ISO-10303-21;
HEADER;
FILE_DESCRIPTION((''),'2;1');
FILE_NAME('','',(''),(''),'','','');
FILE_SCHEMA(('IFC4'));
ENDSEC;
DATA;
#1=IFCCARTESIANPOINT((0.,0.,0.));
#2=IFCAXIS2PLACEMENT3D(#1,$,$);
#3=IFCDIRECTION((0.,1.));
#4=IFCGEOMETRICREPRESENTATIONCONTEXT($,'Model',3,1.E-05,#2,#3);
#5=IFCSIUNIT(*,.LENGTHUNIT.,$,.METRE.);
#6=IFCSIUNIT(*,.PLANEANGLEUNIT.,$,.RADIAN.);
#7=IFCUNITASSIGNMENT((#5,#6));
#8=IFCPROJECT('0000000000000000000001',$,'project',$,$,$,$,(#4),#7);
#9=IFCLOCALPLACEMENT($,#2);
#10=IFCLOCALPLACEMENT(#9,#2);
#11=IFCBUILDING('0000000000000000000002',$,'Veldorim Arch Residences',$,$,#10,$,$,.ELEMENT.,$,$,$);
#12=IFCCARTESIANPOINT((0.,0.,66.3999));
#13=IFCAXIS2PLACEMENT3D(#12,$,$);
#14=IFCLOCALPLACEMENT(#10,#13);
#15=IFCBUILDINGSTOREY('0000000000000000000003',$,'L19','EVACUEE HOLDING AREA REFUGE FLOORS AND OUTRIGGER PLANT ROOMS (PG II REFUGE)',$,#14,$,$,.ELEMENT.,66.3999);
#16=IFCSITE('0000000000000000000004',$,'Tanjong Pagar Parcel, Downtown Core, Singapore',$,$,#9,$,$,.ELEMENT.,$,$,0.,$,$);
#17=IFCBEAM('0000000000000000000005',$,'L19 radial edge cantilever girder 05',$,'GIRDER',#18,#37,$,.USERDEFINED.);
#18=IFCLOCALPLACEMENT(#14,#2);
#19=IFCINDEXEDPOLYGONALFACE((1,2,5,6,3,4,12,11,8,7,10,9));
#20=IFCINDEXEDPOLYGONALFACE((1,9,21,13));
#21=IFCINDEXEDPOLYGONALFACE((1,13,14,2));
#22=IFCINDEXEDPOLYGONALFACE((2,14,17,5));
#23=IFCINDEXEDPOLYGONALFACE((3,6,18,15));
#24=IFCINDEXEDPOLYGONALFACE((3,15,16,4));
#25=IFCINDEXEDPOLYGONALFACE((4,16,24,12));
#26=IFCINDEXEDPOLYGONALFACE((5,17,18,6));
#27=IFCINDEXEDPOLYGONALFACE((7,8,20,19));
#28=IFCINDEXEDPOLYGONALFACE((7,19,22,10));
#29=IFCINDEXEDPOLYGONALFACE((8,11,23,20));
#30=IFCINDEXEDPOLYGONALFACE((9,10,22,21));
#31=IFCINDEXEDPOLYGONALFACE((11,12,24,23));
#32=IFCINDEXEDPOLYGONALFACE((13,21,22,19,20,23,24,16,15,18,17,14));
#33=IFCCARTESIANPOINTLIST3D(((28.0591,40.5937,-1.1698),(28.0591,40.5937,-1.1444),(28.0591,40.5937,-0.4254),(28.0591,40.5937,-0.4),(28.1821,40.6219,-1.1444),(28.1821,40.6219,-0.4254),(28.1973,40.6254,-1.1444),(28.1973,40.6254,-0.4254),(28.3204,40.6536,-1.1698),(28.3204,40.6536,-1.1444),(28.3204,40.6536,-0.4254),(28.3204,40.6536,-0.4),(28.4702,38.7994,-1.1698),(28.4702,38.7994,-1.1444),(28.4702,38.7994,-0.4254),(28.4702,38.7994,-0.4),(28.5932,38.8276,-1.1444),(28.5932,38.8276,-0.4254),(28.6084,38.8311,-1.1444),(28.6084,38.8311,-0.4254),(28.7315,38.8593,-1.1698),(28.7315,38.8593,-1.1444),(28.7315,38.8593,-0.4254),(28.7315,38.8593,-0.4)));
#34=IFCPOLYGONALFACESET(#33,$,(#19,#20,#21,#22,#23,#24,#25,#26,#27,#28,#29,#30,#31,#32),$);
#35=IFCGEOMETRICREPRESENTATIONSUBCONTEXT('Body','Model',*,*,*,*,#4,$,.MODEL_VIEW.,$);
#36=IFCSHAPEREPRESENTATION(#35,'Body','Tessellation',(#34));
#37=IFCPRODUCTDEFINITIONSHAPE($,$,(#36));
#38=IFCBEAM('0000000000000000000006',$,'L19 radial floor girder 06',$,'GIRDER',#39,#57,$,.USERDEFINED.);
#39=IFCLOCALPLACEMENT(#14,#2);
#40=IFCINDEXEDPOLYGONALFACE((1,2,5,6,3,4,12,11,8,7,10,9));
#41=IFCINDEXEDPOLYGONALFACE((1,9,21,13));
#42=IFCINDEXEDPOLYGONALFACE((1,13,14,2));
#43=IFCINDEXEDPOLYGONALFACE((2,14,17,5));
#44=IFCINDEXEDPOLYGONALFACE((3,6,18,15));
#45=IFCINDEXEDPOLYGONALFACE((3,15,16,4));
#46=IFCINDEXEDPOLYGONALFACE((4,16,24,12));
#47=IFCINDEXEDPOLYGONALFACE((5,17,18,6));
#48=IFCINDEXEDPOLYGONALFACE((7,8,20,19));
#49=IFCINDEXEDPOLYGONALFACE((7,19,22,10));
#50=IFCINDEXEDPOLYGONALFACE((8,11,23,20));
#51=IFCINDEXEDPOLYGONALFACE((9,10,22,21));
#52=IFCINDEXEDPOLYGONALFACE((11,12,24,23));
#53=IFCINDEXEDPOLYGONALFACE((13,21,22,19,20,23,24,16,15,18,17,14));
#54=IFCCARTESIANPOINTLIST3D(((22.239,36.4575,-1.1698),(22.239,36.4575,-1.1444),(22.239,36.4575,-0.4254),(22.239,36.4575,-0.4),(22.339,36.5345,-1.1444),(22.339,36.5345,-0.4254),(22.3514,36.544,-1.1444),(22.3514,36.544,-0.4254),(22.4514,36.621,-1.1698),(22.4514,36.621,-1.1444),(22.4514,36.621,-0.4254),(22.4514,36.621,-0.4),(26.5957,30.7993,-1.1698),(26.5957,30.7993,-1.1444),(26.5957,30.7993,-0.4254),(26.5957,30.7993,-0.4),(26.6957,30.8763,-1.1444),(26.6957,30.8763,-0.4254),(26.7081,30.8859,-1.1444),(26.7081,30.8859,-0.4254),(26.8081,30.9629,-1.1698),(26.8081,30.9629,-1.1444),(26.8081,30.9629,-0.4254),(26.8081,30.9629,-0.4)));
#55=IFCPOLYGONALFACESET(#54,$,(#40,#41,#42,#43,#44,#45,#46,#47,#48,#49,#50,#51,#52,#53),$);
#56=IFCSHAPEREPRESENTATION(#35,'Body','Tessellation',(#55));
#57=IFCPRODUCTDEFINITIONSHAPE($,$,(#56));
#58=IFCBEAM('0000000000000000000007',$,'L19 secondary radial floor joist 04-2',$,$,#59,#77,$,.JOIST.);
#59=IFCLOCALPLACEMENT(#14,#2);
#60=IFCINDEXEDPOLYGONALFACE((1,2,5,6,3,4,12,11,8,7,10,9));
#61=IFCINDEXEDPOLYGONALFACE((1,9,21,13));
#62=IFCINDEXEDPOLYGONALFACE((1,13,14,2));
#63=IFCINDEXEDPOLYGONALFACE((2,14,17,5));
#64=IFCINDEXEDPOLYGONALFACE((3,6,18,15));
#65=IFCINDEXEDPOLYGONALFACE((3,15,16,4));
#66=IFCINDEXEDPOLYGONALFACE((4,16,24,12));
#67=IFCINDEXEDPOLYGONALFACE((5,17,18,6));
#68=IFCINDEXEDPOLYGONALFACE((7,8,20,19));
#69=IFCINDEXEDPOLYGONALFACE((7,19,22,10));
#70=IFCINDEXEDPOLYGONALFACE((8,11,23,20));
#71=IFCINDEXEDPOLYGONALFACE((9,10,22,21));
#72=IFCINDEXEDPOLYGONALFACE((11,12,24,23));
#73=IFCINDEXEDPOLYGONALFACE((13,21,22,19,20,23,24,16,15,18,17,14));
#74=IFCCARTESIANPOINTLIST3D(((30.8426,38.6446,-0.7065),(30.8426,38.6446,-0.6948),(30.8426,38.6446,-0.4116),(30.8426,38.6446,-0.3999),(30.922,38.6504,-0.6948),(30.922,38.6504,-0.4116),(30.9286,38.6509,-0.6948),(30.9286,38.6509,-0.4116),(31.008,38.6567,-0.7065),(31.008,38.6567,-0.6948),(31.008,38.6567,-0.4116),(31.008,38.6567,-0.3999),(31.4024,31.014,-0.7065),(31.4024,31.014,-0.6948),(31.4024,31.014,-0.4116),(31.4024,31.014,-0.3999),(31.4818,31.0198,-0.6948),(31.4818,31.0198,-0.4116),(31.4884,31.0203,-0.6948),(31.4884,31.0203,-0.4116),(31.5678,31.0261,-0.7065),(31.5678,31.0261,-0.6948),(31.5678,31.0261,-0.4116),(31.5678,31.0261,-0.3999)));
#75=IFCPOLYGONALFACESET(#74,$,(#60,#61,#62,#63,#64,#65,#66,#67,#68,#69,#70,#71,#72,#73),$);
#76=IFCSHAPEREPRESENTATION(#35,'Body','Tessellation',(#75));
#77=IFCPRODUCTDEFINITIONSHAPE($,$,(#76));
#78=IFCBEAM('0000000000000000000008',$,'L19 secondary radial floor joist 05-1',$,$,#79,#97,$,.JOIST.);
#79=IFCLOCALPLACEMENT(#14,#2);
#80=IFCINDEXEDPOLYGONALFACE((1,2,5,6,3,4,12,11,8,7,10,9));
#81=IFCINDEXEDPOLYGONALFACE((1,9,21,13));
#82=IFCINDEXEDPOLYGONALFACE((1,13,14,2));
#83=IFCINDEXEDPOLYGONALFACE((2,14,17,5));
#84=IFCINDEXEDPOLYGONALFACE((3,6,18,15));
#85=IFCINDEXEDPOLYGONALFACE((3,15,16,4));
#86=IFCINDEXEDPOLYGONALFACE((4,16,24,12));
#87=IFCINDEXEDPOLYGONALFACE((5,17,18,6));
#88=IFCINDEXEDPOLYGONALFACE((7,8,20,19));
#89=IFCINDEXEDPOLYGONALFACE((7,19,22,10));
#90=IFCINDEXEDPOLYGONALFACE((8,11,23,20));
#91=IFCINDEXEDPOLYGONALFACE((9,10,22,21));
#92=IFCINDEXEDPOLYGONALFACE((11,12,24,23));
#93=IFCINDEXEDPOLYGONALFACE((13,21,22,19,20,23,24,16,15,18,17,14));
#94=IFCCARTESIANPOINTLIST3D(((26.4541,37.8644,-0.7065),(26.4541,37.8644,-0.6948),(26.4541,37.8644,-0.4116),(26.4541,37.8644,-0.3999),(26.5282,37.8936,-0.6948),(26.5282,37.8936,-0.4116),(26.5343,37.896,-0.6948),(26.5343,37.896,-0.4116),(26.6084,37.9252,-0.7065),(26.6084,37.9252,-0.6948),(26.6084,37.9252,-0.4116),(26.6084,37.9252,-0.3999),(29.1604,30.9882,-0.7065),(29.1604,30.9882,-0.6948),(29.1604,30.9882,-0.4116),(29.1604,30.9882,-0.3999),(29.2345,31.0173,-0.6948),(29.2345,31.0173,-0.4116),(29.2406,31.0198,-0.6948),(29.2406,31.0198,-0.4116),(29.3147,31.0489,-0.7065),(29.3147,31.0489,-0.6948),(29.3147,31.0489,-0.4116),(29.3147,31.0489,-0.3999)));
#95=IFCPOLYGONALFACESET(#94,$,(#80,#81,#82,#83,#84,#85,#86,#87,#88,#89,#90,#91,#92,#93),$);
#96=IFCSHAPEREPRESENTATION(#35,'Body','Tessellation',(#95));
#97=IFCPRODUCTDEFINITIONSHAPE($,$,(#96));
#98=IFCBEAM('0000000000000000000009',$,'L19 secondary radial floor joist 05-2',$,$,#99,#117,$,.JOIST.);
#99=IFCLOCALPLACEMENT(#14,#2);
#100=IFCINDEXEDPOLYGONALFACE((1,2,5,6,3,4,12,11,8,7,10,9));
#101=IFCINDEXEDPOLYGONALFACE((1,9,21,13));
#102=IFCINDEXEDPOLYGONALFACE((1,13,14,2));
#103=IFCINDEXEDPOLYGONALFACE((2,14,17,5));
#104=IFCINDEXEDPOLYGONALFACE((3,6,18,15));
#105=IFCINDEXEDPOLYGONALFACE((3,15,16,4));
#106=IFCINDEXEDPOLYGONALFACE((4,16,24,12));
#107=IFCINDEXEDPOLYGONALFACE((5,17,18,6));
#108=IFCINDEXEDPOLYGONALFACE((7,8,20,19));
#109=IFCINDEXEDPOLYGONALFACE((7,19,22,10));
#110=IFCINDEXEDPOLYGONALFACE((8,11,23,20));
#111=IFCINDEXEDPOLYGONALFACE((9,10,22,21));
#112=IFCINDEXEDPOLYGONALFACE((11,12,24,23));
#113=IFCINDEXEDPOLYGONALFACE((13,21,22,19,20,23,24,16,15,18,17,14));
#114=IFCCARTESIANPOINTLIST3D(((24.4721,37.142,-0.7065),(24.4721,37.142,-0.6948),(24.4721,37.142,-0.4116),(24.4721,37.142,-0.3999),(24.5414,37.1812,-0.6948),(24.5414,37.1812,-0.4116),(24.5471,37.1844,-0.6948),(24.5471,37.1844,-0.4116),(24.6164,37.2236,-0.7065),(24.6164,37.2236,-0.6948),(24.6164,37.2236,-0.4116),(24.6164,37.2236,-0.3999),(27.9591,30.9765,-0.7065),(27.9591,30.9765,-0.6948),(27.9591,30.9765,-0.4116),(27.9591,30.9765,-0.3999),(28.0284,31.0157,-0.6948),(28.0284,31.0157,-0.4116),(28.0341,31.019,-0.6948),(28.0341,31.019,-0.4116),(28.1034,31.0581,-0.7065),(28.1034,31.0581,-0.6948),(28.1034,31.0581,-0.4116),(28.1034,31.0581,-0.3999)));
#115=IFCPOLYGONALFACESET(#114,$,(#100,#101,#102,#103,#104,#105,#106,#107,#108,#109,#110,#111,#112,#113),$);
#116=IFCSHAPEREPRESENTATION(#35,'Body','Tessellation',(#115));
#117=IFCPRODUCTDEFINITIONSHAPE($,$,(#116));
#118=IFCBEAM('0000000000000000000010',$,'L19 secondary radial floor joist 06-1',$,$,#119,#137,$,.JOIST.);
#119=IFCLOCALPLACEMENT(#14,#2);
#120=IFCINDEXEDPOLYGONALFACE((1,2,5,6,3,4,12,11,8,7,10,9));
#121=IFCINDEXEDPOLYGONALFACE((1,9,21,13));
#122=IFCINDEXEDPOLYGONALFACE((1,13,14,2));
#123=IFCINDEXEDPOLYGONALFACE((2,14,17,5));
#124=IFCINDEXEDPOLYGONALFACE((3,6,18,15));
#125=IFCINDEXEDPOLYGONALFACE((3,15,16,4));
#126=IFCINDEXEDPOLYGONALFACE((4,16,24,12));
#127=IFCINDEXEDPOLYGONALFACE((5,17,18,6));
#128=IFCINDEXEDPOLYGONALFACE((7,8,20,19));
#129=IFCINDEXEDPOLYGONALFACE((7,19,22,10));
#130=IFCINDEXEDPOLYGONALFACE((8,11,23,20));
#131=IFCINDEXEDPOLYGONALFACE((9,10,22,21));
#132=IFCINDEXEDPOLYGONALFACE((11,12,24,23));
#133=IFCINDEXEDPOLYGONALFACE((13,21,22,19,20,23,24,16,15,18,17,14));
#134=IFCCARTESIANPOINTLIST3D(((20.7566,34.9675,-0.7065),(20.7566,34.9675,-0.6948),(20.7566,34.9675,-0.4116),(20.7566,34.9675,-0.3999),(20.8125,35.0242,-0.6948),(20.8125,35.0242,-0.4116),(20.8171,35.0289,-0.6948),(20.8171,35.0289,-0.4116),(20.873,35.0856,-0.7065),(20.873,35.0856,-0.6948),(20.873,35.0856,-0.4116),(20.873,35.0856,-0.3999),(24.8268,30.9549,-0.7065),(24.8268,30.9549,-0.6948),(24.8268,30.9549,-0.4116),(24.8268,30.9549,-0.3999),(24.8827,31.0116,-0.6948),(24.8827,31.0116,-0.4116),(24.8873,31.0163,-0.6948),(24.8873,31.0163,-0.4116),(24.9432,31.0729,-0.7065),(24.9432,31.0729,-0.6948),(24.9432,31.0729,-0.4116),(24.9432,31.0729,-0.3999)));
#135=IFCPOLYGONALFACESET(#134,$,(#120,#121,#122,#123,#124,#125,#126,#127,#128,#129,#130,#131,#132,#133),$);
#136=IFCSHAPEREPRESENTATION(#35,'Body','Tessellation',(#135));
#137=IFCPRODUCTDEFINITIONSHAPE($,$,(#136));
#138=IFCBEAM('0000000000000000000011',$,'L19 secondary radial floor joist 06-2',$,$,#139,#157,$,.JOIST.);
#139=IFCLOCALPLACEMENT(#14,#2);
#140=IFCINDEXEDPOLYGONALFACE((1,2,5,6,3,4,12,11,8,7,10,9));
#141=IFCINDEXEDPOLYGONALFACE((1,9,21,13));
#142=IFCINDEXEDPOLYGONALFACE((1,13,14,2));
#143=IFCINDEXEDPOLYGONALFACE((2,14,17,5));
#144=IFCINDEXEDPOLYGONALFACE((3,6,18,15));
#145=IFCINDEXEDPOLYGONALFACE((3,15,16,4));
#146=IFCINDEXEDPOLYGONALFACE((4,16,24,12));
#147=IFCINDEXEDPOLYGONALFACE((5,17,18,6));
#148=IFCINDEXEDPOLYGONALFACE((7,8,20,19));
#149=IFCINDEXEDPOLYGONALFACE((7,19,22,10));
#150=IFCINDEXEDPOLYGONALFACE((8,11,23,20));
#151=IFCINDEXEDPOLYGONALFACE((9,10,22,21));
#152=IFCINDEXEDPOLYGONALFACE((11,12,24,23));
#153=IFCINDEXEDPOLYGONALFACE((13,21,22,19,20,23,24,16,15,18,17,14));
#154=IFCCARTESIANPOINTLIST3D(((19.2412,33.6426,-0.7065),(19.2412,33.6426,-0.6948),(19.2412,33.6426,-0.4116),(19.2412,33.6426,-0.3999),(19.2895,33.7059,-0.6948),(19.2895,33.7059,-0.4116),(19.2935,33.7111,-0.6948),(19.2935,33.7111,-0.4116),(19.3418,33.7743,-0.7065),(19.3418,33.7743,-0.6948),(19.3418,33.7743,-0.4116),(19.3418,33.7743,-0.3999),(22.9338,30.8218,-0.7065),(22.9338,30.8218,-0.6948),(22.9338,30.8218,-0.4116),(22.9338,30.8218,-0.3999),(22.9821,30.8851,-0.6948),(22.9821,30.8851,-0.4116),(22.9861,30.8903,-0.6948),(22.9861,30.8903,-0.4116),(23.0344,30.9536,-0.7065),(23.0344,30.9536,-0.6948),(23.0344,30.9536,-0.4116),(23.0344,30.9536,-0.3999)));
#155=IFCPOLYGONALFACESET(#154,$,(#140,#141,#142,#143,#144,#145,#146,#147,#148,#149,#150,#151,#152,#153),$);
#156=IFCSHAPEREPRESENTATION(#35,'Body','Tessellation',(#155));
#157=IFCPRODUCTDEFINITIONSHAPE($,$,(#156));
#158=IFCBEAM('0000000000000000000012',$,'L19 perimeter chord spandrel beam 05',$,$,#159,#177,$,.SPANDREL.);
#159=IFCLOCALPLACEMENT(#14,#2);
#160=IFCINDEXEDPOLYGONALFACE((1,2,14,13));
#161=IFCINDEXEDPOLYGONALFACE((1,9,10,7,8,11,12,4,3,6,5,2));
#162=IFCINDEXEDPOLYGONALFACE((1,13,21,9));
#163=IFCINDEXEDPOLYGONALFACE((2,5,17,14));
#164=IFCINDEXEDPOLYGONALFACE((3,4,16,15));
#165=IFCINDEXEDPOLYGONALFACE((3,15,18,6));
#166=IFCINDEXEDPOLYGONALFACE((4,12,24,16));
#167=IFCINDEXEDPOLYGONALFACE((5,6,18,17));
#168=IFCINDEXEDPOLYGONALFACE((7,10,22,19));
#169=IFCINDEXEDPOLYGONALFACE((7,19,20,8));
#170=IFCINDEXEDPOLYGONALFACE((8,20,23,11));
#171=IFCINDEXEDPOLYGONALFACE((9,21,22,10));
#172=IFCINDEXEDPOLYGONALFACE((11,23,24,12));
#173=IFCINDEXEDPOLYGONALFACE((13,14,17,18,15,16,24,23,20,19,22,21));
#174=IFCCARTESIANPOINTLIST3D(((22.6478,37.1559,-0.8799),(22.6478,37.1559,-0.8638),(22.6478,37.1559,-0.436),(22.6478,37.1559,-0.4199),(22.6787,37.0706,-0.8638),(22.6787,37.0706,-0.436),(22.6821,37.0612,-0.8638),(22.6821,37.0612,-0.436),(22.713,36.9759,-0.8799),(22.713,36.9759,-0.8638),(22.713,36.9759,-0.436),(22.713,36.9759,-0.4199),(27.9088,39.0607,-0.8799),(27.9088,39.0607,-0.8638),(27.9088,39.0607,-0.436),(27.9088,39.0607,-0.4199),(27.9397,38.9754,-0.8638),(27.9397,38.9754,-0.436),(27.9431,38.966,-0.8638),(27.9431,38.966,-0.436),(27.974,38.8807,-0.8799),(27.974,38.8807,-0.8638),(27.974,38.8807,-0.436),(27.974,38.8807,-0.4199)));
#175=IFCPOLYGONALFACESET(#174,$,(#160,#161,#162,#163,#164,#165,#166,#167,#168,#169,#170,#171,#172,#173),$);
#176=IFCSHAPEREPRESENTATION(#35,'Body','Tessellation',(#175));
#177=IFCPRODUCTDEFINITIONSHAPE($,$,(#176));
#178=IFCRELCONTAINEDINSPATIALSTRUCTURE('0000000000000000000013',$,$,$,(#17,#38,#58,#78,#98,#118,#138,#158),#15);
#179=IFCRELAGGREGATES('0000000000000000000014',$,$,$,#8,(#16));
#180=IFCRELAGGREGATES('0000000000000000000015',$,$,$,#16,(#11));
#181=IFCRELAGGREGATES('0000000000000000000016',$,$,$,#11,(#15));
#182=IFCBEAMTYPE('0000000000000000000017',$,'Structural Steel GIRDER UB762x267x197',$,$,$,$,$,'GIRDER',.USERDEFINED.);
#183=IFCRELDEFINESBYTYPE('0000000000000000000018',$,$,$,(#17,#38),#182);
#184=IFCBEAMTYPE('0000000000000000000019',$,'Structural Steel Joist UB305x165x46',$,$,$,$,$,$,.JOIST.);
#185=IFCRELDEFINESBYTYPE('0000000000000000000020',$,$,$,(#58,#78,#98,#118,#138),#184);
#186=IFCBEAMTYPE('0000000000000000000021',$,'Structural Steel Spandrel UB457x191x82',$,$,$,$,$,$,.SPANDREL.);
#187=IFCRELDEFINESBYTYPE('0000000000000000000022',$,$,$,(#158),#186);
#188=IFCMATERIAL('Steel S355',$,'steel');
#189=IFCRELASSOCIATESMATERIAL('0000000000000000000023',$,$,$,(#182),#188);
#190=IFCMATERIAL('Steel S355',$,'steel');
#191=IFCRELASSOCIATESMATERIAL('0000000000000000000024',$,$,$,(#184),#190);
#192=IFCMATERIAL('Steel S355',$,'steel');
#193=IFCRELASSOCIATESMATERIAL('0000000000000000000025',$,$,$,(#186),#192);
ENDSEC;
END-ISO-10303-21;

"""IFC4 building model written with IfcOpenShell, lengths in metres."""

from ifc_helpers import new_model, si_unit, direction, frame, origin, origin_2d, place, context, subcontext, project, spatial, i_section, extrude, material, material_profile, profile_set, type_object, element, save


model = new_model("IFC4")

# Units and contexts
model_context = context("Model", 3, precision=1e-05, world=origin(), true_north=direction((0.0, 1.0)))
body_context = subcontext(model_context, "Body", "Model", "MODEL_VIEW")
ifc_project = project(units=[si_unit("LENGTHUNIT", "METRE"), si_unit("PLANEANGLEUNIT", "RADIAN")], contexts=[model_context])

# Site, building, storey
site_placement = place(None, origin())
site = spatial("IfcSite", under=ifc_project, at=site_placement, Name="Tanjong Pagar Parcel, Downtown Core, Singapore", CompositionType="ELEMENT", RefElevation=0.0)
building_placement = place(site_placement, origin())
building = spatial("IfcBuilding", under=site, at=building_placement, Name="Veldorim Arch Residences", CompositionType="ELEMENT")
storey_placement = place(building_placement, frame((0.0, 0.0, 66.3999)))
storey = spatial("IfcBuildingStorey", under=building, at=storey_placement, Name="L19", Description="EVACUEE HOLDING AREA REFUGE FLOORS AND OUTRIGGER PLANT ROOMS (PG II REFUGE)", CompositionType="ELEMENT", Elevation=66.3999)

# Beams
ifc_material_1 = material(Name="Steel S355", Category="steel")
ifc_material_profile_1 = material_profile(ifc_material_1, i_section(OverallWidth=0.2681, OverallDepth=0.7698, WebThickness=0.0156, FlangeThickness=0.0254, at=origin_2d()), Name="UB762x267x197")
ifc_profile_set_1 = profile_set([ifc_material_profile_1], Name="Steel S355")
beam_type_1 = type_object("IfcBeamType", Name="Structural Steel GIRDER UB762x267x197", ElementType="GIRDER", PredefinedType="USERDEFINED", material=ifc_profile_set_1)
beam_1_placement = place(storey_placement, frame((28.6008, 38.8293, -0.7849), z_axis=(-0.223329, 0.974743, 0.0), x_axis=(-0.974743, -0.223329, 0.0)))
element("IfcBeam", 1, at=beam_1_placement, inside=storey, type_object=beam_type_1, Name="L19 radial edge cantilever girder 05", ObjectType="GIRDER", PredefinedType="USERDEFINED", context=body_context, shape_type="SweptSolid", body=[
    extrude(i_section(OverallWidth=0.2681, OverallDepth=0.7698, WebThickness=0.0156, FlangeThickness=0.0254, at=origin_2d()), origin(), (0.0, 0.0, 1.0), 1.8408),
])
beam_2_placement = place(storey_placement, frame((26.7019, 30.8811, -0.7849), z_axis=(-0.610082, 0.792338, 0.0), x_axis=(-0.792338, -0.610082, 0.0)))
element("IfcBeam", 2, at=beam_2_placement, inside=storey, type_object=beam_type_1, Name="L19 radial floor girder 06", ObjectType="GIRDER", PredefinedType="USERDEFINED", context=body_context, shape_type="SweptSolid", body=[
    extrude(i_section(OverallWidth=0.2681, OverallDepth=0.7698, WebThickness=0.0156, FlangeThickness=0.0254, at=origin_2d()), origin(), (0.0, 0.0, 1.0), 7.1411),
])
ifc_material_2 = material(Name="Steel S355", Category="steel")
ifc_material_profile_2 = material_profile(ifc_material_2, i_section(OverallWidth=0.1658, OverallDepth=0.3066, WebThickness=0.0066, FlangeThickness=0.0117, at=origin_2d()), Name="UB305x165x46")
ifc_profile_set_2 = profile_set([ifc_material_profile_2], Name="Steel S355")
beam_type_2 = type_object("IfcBeamType", Name="Structural Steel Joist UB305x165x46", PredefinedType="JOIST", material=ifc_profile_set_2)
beam_3_placement = place(storey_placement, frame((31.4851, 31.02, -0.5532), z_axis=(-0.073168, 0.99732, 0.0), x_axis=(-0.99732, -0.073168, 0.0)))
element("IfcBeam", 3, at=beam_3_placement, inside=storey, type_object=beam_type_2, Name="L19 secondary radial floor joist 04-2", PredefinedType="JOIST", context=body_context, shape_type="SweptSolid", body=[
    extrude(i_section(OverallWidth=0.1658, OverallDepth=0.3066, WebThickness=0.0066, FlangeThickness=0.0117, at=origin_2d()), origin(), (0.0, 0.0, 1.0), 7.6511),
])
beam_4_placement = place(storey_placement, frame((29.2375, 31.0186, -0.5532), z_axis=(-0.36623, 0.930524, 0.0), x_axis=(-0.930524, -0.36623, 0.0)))
element("IfcBeam", 4, at=beam_4_placement, inside=storey, type_object=beam_type_2, Name="L19 secondary radial floor joist 05-1", PredefinedType="JOIST", context=body_context, shape_type="SweptSolid", body=[
    extrude(i_section(OverallWidth=0.1658, OverallDepth=0.3066, WebThickness=0.0066, FlangeThickness=0.0117, at=origin_2d()), origin(), (0.0, 0.0, 1.0), 7.3896),
])
beam_5_placement = place(storey_placement, frame((28.0312, 31.0173, -0.5532), z_axis=(-0.492292, 0.87043, 0.0), x_axis=(-0.87043, -0.492292, 0.0)))
element("IfcBeam", 5, at=beam_5_placement, inside=storey, type_object=beam_type_2, Name="L19 secondary radial floor joist 05-2", PredefinedType="JOIST", context=body_context, shape_type="SweptSolid", body=[
    extrude(i_section(OverallWidth=0.1658, OverallDepth=0.3066, WebThickness=0.0066, FlangeThickness=0.0117, at=origin_2d()), origin(), (0.0, 0.0, 1.0), 7.0833),
])
beam_6_placement = place(storey_placement, frame((24.885, 31.0139, -0.5532), z_axis=(-0.712129, 0.702049, 0.0), x_axis=(-0.702049, -0.712129, 0.0)))
element("IfcBeam", 6, at=beam_6_placement, inside=storey, type_object=beam_type_2, Name="L19 secondary radial floor joist 06-1", PredefinedType="JOIST", context=body_context, shape_type="SweptSolid", body=[
    extrude(i_section(OverallWidth=0.1658, OverallDepth=0.3066, WebThickness=0.0066, FlangeThickness=0.0117, at=origin_2d()), origin(), (0.0, 0.0, 1.0), 5.7156),
])
beam_7_placement = place(storey_placement, frame((22.9841, 30.8877, -0.5532), z_axis=(-0.794666, 0.607046, 0.0), x_axis=(-0.607046, -0.794666, 0.0)))
element("IfcBeam", 7, at=beam_7_placement, inside=storey, type_object=beam_type_2, Name="L19 secondary radial floor joist 06-2", PredefinedType="JOIST", context=body_context, shape_type="SweptSolid", body=[
    extrude(i_section(OverallWidth=0.1658, OverallDepth=0.3066, WebThickness=0.0066, FlangeThickness=0.0117, at=origin_2d()), origin(), (0.0, 0.0, 1.0), 4.6467),
])
ifc_material_3 = material(Name="Steel S355", Category="steel")
ifc_material_profile_3 = material_profile(ifc_material_3, i_section(OverallWidth=0.1914, OverallDepth=0.46, WebThickness=0.01, FlangeThickness=0.0161, at=origin_2d()), Name="UB457x191x82")
ifc_profile_set_3 = profile_set([ifc_material_profile_3], Name="Steel S355")
beam_type_3 = type_object("IfcBeamType", Name="Structural Steel Spandrel UB457x191x82", PredefinedType="SPANDREL", material=ifc_profile_set_3)
beam_8_placement = place(storey_placement, frame((27.9414, 38.9707, -0.6499), z_axis=(-0.940269, -0.340432, 0.0), x_axis=(0.340432, -0.940269, 0.0)))
element("IfcBeam", 8, at=beam_8_placement, inside=storey, type_object=beam_type_3, Name="L19 perimeter chord spandrel beam 05", PredefinedType="SPANDREL", context=body_context, shape_type="SweptSolid", body=[
    extrude(i_section(OverallWidth=0.1914, OverallDepth=0.46, WebThickness=0.01, FlangeThickness=0.0161, at=origin_2d()), origin(), (0.0, 0.0, 1.0), 5.5952),
])

save(model, "model.ifc")
